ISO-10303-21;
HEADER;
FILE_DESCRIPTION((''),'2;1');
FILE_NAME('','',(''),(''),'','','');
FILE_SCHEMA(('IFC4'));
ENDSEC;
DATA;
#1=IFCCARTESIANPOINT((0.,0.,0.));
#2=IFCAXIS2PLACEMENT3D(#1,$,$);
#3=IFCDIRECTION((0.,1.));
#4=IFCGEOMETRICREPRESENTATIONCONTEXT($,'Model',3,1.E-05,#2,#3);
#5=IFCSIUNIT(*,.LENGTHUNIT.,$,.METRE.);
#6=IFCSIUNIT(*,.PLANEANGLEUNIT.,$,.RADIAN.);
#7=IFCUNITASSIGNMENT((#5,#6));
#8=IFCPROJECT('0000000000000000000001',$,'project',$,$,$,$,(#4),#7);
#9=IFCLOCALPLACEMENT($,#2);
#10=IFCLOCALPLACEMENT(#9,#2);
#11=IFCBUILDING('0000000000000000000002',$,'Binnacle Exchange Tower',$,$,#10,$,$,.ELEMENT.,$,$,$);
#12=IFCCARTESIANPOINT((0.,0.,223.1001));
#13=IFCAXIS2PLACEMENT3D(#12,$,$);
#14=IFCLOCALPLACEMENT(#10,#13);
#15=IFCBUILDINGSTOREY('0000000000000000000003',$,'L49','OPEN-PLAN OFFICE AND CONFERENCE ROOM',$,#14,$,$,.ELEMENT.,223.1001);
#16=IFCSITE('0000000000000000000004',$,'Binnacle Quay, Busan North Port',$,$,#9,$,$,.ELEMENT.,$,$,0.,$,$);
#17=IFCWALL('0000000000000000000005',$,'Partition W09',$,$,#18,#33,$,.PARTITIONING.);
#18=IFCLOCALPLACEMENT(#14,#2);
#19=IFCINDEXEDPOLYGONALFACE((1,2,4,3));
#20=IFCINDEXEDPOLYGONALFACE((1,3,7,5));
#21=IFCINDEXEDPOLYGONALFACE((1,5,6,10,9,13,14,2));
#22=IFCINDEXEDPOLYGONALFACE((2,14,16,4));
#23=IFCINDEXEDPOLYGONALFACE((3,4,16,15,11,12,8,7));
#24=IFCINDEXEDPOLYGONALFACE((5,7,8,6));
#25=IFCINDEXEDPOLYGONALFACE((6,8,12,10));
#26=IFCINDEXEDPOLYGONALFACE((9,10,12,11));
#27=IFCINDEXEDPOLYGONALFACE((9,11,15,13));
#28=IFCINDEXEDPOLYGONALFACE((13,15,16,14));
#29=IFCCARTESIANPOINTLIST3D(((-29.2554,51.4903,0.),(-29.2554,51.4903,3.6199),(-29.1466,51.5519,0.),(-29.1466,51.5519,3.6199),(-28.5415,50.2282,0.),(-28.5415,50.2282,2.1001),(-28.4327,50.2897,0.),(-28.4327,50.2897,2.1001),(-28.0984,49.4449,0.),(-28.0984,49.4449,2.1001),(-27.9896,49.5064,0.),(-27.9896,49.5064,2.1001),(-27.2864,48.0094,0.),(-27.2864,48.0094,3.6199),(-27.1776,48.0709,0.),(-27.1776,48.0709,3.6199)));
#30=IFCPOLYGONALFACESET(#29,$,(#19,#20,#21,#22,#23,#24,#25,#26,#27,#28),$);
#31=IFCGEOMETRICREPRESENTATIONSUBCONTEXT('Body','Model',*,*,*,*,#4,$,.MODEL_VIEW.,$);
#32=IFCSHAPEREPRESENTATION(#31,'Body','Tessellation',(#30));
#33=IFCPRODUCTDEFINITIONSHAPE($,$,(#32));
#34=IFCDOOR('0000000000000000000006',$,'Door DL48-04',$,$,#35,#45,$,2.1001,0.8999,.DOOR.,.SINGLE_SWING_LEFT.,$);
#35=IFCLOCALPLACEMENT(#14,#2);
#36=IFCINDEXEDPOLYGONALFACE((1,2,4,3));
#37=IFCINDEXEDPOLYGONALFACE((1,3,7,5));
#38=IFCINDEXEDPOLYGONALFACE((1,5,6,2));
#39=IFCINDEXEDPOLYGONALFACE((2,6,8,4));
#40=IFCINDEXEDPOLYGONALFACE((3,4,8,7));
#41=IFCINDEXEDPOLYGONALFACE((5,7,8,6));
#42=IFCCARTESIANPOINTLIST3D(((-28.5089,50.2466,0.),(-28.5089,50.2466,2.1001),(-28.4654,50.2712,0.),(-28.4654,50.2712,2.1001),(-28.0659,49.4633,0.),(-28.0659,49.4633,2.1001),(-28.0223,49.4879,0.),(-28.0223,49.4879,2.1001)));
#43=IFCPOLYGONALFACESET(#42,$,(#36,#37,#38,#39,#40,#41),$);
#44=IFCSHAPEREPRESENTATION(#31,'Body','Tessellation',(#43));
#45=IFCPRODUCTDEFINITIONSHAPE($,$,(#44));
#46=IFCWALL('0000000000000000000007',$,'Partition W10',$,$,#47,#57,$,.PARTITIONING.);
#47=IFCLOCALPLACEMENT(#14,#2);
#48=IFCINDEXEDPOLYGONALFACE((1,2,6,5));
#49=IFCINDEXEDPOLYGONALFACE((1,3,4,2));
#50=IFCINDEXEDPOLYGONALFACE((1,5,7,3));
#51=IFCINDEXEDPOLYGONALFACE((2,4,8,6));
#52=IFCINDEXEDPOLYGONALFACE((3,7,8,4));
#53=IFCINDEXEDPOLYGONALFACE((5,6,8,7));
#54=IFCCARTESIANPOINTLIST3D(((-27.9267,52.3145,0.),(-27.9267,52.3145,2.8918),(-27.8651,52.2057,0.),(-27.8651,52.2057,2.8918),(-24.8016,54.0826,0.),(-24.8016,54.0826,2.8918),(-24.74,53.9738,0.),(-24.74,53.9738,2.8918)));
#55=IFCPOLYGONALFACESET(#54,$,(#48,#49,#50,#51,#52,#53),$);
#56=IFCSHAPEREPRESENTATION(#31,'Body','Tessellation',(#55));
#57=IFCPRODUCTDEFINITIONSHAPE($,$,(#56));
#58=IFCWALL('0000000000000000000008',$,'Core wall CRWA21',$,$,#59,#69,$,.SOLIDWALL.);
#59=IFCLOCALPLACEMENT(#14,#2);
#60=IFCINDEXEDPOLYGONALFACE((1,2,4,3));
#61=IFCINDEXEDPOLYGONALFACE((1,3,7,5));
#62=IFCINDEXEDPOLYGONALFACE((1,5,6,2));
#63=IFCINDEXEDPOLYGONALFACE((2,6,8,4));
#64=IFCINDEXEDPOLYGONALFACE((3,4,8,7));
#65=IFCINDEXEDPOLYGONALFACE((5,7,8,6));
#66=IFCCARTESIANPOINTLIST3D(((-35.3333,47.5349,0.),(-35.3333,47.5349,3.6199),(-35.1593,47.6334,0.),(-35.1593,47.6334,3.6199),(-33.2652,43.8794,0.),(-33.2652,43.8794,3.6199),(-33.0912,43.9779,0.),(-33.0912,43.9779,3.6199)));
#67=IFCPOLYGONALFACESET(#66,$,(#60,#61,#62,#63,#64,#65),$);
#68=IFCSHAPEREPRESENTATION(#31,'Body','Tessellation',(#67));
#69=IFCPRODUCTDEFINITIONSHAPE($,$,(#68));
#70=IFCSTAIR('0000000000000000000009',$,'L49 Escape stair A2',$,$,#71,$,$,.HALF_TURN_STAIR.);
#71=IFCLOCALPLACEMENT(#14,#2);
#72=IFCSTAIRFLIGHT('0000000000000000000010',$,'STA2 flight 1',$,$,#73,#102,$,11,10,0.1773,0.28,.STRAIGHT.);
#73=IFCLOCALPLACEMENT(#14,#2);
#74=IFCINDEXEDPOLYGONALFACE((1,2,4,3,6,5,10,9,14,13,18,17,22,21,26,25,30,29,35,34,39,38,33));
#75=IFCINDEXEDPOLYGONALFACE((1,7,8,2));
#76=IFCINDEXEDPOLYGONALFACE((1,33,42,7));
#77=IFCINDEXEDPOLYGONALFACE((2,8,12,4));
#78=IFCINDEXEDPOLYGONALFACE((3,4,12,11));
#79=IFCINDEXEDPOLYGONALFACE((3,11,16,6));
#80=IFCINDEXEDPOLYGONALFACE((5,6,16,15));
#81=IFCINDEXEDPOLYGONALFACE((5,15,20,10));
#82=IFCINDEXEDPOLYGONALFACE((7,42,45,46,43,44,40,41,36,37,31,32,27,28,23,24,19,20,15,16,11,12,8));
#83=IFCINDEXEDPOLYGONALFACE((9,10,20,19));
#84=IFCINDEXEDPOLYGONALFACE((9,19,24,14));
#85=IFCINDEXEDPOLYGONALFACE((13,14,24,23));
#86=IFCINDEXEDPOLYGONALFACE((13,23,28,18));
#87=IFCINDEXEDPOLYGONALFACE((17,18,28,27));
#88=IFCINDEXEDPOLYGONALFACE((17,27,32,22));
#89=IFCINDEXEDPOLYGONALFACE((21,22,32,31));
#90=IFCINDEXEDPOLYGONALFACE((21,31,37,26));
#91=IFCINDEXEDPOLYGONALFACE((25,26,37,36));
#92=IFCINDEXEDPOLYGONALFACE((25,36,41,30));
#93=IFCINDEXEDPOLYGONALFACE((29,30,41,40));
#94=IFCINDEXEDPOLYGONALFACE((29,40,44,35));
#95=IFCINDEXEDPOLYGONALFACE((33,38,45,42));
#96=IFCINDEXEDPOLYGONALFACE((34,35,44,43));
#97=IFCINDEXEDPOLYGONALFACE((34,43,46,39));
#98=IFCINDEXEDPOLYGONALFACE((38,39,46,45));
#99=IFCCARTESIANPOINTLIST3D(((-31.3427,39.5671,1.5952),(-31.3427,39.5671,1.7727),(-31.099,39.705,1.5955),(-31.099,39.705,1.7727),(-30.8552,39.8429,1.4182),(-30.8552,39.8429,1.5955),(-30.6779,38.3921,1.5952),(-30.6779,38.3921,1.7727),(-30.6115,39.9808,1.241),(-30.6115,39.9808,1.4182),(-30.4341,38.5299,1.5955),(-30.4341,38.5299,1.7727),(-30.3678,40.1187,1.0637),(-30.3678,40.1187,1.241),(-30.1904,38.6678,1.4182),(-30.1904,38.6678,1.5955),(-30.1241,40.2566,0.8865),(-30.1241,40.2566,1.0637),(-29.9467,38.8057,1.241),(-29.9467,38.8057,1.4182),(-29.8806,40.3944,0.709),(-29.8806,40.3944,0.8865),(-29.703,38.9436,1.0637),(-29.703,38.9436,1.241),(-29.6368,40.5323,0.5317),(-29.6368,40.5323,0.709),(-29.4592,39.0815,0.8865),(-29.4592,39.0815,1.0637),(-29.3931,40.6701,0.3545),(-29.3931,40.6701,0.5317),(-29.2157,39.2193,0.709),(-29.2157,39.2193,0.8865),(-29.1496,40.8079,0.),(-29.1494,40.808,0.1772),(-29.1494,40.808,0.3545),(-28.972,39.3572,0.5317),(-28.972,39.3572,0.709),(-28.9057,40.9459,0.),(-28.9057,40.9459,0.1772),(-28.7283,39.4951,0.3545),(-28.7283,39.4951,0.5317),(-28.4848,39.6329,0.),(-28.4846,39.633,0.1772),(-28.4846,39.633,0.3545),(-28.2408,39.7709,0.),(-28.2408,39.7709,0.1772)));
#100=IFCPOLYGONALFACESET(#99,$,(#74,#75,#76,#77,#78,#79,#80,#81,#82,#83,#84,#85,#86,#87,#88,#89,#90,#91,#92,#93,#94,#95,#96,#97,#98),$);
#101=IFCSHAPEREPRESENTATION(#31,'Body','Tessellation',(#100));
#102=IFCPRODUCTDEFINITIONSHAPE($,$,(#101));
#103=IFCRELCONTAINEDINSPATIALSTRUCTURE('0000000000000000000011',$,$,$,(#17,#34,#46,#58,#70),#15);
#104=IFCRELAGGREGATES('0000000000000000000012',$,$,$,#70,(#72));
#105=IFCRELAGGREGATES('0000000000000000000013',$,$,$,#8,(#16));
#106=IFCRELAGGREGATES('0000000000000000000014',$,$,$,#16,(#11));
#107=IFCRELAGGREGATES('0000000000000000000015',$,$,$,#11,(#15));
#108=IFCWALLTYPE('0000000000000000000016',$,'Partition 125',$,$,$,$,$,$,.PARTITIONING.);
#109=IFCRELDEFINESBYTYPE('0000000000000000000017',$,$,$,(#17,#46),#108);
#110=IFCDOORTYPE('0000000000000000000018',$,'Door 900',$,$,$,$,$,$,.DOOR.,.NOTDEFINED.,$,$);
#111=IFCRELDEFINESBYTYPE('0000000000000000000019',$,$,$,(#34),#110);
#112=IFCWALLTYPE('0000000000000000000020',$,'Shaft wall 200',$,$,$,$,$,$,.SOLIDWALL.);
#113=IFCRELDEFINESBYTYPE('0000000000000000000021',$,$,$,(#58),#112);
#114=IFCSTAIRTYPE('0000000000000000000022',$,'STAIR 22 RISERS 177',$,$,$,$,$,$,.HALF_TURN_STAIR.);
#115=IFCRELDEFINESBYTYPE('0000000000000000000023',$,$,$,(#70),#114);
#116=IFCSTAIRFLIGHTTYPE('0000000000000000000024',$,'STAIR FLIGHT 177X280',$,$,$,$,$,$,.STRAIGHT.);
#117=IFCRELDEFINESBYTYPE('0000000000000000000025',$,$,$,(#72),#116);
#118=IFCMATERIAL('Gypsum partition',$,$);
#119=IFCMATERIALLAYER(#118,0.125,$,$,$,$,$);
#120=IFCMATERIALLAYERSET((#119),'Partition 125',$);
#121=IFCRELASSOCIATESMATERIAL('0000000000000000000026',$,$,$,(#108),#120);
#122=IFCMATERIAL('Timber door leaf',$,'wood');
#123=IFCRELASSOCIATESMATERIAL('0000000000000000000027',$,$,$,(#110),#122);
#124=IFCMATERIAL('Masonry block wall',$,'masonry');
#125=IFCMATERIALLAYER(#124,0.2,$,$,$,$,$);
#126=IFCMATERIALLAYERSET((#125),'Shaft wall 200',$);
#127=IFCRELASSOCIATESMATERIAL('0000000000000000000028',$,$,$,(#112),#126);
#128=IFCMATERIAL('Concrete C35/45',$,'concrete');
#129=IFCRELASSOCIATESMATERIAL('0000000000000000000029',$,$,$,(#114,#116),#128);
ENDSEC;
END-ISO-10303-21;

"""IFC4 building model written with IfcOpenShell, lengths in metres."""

from ifc_helpers import new_model, si_unit, direction, frame, frame_2d, origin, place, context, subcontext, project, spatial, polyline, rectangle, outline, extrude, material, layer, layer_set, type_object, element, fill, aggregate, save


model = new_model("IFC4")

# Units and contexts
model_context = context("Model", 3, precision=1e-05, world=origin(), true_north=direction((0.0, 1.0)))
body_context = subcontext(model_context, "Body", "Model", "MODEL_VIEW")
ifc_project = project(units=[si_unit("LENGTHUNIT", "METRE"), si_unit("PLANEANGLEUNIT", "RADIAN")], contexts=[model_context])

# Site, building, storey
site_placement = place(None, origin())
site = spatial("IfcSite", under=ifc_project, at=site_placement, Name="Binnacle Quay, Busan North Port", CompositionType="ELEMENT", RefElevation=0.0)
building_placement = place(site_placement, origin())
building = spatial("IfcBuilding", under=site, at=building_placement, Name="Binnacle Exchange Tower", CompositionType="ELEMENT")
storey_placement = place(building_placement, frame((0.0, 0.0, 223.1001)))
storey = spatial("IfcBuildingStorey", under=building, at=storey_placement, Name="L49", Description="OPEN-PLAN OFFICE AND CONFERENCE ROOM", CompositionType="ELEMENT", Elevation=223.1001)

# Shared definitions
ifc_material_1 = material(Name="Masonry block wall", Category="masonry")
ifc_material_2 = material(Name="Gypsum partition")
ifc_layer_1 = layer(ifc_material_2, 0.125)
ifc_layer_set_1 = layer_set([ifc_layer_1], Name="Partition 125")
wall_type_1 = type_object("IfcWallType", Name="Partition 125", PredefinedType="PARTITIONING", material=ifc_layer_set_1)
ifc_material_3 = material(Name="Timber door leaf", Category="wood")
door_type_1 = type_object("IfcDoorType", Name="Door 900", OperationType="NOTDEFINED", PredefinedType="DOOR", material=ifc_material_3)

# Wall, opening, door
wall_1_placement = place(storey_placement, frame((-29.2009, 51.521, 0.0), z_axis=(0.0, 0.0, 1.0), x_axis=(0.492341, -0.870402, 0.0)))
wall_1 = element("IfcWall", 1, at=wall_1_placement, inside=storey, type_object=wall_type_1, Name="Partition W09", PredefinedType="PARTITIONING", context=body_context, shape_type="SweptSolid", body=[
    extrude(rectangle(XDim=3.9993, YDim=0.125, at=frame_2d((1.9995, 0.0))), origin(), (0.0, 0.0, 1.0), 3.6199),
])
opening_1_placement = place(wall_1_placement, frame((1.45, 0.0, 0.0)))
opening_1 = element("IfcOpeningElement", 2, at=opening_1_placement, cuts=wall_1, PredefinedType="OPENING", context=body_context, shape_type="SweptSolid", body=[
    extrude(rectangle(XDim=0.8999, YDim=2.1001, at=frame_2d((0.45, 1.05))), frame((0.0, 0.0725, 0.0), z_axis=(0.0, -1.0, 0.0), x_axis=(1.0, 0.0, 0.0)), (0.0, 0.0, 1.0), 0.145),
])
door_1_placement = place(opening_1_placement, origin())
door_1 = element("IfcDoor", 3, at=door_1_placement, inside=storey, type_object=door_type_1, Name="Door DL48-04", OperationType="SINGLE_SWING_LEFT", OverallHeight=2.1001, OverallWidth=0.8999, PredefinedType="DOOR", context=body_context, shape_type="SweptSolid", body=[
    extrude(rectangle(XDim=0.8999, YDim=2.1001, at=frame_2d((0.45, 1.05))), frame((0.0, 0.0249, 0.0), z_axis=(0.0, -1.0, 0.0), x_axis=(1.0, 0.0, 0.0)), (0.0, 0.0, 1.0), 0.05),
])
fill(opening_1, door_1)

# Walls
wall_2_placement = place(storey_placement, frame((-27.896, 52.26, 0.0), z_axis=(0.0, 0.0, 1.0), x_axis=(0.870353, 0.492429, 0.0)))
element("IfcWall", 4, at=wall_2_placement, inside=storey, type_object=wall_type_1, Name="Partition W10", PredefinedType="PARTITIONING", context=body_context, shape_type="SweptSolid", body=[
    extrude(rectangle(XDim=3.5906, YDim=0.125, at=frame_2d((1.7954, 0.0))), origin(), (0.0, 0.0, 1.0), 2.8918),
])
ifc_layer_2 = layer(ifc_material_1, 0.2)
ifc_layer_set_2 = layer_set([ifc_layer_2], Name="Shaft wall 200")
wall_type_2 = type_object("IfcWallType", Name="Shaft wall 200", PredefinedType="SOLIDWALL", material=ifc_layer_set_2)
wall_3_placement = place(storey_placement, frame((-35.2463, 47.5842, 0.0), z_axis=(0.0, 0.0, 1.0), x_axis=(0.49241, -0.870364, 0.0)))
element("IfcWall", 5, at=wall_3_placement, inside=storey, type_object=wall_type_2, Name="Core wall CRWA21", PredefinedType="SOLIDWALL", context=body_context, shape_type="SweptSolid", body=[
    extrude(rectangle(XDim=4.2, YDim=0.2, at=frame_2d((2.1001, 0.0))), origin(), (0.0, 0.0, 1.0), 3.6199),
])

# Stair, stair flight
ifc_material_4 = material(Name="Concrete C35/45", Category="concrete")
stair_type = type_object("IfcStairType", Name="STAIR 22 RISERS 177", PredefinedType="HALF_TURN_STAIR", material=ifc_material_4)
stair_placement = place(storey_placement, origin())
stair = element("IfcStair", 6, at=stair_placement, inside=storey, type_object=stair_type, Name="L49 Escape stair A2", PredefinedType="HALF_TURN_STAIR")
stair_flight_type = type_object("IfcStairFlightType", Name="STAIR FLIGHT 177X280", PredefinedType="STRAIGHT", material=ifc_material_4)
stair_flight_placement = place(storey_placement, frame((-28.5732, 40.3584, 0.0), z_axis=(0.0, 0.0, 1.0), x_axis=(-0.870356, -0.492424, 0.0)))
stair_flight = element("IfcStairFlight", 7, at=stair_flight_placement, type_object=stair_flight_type, Name="STA2 flight 1", NumberOfRisers=11, NumberOfTreads=10, PredefinedType="STRAIGHT", RiserHeight=0.1773, TreadLength=0.28, context=body_context, shape_type="SweptSolid", body=[
    extrude(outline(polyline([(0.0, 0.0), (0.0, 0.1772), (0.28, 0.1772), (0.28, 0.3545), (0.5601, 0.3545), (0.5601, 0.5317), (0.8401, 0.5317), (0.8401, 0.709), (1.1201, 0.709), (1.1201, 0.8865), (1.3999, 0.8865), (1.3999, 1.0637), (1.6799, 1.0637), (1.6799, 1.241), (1.96, 1.241), (1.96, 1.4182), (2.24, 1.4182), (2.24, 1.5955), (2.52, 1.5955), (2.52, 1.7727), (2.8, 1.7727), (2.8, 1.95), (2.8, 1.5952), (0.2803, 0.0), (0.0, 0.0)])), frame((0.0, 0.675, 0.0), z_axis=(0.0, -1.0, 0.0), x_axis=(1.0, 0.0, 0.0)), (0.0, 0.0, 1.0), 1.3501),
])
aggregate(stair, [stair_flight])

save(model, "model.ifc")
